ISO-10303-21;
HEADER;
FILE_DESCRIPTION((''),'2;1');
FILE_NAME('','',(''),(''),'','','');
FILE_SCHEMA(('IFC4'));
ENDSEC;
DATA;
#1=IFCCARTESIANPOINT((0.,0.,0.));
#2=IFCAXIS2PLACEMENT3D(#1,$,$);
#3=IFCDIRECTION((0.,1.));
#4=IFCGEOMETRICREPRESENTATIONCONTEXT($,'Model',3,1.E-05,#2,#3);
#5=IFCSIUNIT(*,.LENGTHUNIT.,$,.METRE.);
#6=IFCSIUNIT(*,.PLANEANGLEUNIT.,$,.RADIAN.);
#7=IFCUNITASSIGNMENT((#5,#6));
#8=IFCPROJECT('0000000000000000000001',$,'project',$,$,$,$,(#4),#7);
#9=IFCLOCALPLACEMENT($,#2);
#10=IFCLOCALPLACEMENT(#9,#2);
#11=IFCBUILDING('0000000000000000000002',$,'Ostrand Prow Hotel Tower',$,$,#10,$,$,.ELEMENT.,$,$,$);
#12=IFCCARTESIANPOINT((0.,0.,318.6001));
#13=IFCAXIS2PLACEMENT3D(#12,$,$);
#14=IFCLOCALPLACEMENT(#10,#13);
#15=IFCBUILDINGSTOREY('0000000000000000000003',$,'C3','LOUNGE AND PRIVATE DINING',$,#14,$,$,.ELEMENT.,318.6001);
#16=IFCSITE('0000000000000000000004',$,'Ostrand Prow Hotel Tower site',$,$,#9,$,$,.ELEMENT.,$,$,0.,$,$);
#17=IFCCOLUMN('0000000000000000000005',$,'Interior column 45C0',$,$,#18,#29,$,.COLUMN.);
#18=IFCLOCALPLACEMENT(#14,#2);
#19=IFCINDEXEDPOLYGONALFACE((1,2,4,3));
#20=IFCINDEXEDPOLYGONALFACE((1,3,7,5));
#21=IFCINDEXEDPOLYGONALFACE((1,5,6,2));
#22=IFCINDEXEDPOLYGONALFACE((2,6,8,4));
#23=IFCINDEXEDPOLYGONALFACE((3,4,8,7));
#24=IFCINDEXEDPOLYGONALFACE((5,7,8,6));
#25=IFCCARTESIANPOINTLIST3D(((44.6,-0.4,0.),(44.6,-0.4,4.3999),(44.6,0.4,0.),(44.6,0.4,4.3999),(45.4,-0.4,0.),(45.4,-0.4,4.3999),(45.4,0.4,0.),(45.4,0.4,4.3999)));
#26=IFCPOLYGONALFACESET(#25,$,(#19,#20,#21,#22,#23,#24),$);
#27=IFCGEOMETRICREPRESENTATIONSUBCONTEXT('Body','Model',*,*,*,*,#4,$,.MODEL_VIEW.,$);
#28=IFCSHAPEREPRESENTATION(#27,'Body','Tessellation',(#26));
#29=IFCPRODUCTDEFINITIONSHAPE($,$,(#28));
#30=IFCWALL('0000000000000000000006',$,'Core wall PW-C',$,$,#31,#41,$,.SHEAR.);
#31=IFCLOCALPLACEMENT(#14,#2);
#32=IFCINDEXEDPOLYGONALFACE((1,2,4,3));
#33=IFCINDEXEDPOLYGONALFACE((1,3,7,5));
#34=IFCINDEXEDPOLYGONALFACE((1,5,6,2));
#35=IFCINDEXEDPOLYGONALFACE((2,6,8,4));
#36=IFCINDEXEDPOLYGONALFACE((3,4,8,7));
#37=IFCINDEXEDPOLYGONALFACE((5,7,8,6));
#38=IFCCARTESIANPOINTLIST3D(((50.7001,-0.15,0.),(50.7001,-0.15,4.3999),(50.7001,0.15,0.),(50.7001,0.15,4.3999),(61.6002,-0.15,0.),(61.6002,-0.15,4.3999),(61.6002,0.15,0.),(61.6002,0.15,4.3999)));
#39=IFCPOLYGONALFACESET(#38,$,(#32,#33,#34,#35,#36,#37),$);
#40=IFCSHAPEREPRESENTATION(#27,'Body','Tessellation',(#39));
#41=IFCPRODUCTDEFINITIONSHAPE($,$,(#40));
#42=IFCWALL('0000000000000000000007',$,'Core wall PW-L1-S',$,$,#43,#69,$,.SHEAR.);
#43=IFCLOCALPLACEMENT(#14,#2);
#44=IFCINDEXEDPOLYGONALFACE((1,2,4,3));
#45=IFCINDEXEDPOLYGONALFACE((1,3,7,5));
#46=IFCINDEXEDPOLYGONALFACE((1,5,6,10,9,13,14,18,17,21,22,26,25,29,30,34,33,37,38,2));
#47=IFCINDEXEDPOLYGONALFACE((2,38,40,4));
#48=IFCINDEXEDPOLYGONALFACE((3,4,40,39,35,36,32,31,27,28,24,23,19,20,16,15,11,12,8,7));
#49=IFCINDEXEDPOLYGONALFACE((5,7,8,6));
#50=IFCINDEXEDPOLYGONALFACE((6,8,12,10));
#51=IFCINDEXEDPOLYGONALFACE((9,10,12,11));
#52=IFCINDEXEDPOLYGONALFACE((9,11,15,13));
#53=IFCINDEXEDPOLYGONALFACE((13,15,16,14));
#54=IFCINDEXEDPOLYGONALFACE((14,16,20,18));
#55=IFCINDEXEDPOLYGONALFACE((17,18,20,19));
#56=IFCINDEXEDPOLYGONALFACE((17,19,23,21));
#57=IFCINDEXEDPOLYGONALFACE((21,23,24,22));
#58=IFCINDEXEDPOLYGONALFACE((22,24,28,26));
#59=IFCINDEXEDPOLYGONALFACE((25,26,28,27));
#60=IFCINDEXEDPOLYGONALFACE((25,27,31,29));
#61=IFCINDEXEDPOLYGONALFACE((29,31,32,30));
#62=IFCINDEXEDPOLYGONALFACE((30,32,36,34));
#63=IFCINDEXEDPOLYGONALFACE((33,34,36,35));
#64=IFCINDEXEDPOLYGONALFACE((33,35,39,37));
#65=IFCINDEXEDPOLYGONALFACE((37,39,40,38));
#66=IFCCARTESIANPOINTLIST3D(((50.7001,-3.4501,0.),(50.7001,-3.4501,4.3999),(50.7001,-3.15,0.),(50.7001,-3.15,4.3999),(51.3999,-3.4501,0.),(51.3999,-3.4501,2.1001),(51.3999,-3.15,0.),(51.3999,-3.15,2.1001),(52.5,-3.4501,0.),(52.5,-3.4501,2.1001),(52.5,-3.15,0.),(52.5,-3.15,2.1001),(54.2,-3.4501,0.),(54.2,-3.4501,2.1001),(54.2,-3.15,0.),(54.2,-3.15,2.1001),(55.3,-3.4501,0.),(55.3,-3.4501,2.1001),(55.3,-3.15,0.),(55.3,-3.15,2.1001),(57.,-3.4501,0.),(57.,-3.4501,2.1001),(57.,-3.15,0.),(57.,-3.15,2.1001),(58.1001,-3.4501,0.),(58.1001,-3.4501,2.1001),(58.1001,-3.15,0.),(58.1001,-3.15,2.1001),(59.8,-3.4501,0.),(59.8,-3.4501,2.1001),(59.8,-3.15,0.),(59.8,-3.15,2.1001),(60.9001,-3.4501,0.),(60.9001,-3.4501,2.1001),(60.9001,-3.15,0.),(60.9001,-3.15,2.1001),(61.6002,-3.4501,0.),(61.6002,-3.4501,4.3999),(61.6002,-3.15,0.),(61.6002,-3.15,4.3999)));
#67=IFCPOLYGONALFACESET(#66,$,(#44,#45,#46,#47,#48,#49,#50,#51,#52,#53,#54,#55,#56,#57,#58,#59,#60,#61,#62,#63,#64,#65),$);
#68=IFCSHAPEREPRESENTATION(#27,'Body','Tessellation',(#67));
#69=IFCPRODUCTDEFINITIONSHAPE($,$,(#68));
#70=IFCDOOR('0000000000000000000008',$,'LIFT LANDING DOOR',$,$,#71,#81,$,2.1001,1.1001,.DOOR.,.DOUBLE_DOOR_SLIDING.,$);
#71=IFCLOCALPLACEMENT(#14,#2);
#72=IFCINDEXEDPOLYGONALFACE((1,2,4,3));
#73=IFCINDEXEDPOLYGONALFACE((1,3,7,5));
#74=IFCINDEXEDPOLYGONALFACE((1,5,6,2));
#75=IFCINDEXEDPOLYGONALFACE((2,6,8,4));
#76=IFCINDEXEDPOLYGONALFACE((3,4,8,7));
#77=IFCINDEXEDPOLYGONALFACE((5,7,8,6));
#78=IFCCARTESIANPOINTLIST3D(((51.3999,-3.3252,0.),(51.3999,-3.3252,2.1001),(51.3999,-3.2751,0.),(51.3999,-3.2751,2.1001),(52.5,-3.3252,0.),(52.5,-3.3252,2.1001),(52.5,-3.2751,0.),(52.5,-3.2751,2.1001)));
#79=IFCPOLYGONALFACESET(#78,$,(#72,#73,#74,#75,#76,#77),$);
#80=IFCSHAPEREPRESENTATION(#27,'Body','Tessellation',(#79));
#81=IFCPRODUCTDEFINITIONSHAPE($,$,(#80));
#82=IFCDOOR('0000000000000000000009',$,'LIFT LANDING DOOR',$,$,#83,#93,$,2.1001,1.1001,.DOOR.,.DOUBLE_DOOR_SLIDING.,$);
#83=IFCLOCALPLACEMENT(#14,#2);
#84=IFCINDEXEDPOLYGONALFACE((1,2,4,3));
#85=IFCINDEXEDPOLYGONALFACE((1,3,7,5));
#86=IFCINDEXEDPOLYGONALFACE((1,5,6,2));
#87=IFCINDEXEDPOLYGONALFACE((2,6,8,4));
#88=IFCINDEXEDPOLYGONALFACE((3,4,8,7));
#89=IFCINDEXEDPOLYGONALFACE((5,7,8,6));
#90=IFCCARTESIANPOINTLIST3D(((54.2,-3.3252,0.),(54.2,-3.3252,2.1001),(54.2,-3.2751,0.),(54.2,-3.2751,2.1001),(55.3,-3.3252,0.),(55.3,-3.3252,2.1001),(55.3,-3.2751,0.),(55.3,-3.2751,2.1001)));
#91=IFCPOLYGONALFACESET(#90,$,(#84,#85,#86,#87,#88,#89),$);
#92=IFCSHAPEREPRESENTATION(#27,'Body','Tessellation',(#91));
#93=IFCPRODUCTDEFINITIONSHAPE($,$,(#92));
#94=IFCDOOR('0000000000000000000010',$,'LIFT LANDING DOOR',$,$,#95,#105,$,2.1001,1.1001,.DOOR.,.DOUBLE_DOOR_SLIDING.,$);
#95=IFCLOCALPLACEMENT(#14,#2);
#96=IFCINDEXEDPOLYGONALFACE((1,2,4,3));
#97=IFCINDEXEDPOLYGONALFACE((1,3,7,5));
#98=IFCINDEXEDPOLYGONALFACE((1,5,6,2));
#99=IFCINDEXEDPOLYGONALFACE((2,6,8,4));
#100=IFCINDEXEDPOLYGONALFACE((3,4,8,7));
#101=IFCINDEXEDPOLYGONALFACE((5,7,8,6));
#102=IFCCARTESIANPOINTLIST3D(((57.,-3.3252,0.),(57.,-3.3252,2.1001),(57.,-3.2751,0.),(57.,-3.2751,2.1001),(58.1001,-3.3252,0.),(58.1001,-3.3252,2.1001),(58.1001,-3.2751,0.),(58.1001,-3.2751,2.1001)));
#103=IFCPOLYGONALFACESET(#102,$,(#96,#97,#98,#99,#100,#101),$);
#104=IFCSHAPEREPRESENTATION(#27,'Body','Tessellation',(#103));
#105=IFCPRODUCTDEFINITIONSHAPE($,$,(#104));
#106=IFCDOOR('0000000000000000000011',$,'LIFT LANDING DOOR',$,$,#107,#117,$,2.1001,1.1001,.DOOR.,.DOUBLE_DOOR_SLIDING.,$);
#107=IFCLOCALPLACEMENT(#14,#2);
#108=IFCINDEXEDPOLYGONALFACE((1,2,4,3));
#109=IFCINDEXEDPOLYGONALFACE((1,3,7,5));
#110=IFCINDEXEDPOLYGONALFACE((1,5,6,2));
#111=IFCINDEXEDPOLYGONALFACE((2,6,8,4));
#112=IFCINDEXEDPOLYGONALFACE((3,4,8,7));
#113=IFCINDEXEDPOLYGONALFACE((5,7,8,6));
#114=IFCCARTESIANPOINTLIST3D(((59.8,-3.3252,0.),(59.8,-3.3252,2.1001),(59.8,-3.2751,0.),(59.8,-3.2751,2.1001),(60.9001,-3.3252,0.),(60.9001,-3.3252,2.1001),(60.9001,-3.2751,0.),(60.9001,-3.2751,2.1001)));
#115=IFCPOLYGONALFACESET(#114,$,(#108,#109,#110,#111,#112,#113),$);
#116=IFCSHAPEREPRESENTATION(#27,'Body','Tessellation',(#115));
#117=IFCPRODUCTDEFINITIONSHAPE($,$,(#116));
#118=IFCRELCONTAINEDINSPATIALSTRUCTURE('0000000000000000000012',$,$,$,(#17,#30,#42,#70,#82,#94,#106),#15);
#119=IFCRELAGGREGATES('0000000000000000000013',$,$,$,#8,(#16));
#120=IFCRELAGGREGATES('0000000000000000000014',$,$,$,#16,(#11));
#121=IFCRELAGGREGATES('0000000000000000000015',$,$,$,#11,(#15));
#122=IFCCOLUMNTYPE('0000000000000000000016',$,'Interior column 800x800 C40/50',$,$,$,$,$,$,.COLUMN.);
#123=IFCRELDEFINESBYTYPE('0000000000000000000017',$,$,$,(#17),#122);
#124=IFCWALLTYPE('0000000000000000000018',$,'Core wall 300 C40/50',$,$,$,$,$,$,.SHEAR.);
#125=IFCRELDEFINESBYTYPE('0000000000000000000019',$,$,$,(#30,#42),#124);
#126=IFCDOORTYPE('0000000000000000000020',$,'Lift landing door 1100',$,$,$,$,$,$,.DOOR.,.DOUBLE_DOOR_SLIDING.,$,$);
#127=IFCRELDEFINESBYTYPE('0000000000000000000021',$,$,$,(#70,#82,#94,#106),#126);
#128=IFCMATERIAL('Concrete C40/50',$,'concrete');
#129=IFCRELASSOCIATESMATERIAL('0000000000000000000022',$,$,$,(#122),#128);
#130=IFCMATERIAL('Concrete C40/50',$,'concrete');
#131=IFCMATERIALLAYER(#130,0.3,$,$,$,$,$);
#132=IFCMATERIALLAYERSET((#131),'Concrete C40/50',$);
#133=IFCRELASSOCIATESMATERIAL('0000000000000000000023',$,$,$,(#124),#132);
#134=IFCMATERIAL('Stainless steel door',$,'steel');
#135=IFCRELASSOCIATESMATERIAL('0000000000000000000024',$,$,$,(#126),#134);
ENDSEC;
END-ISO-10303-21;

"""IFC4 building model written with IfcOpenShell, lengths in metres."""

from ifc_helpers import new_model, si_unit, direction, frame, frame_2d, origin, origin_2d, place, context, subcontext, project, spatial, rectangle, extrude, material, layer, layer_set, material_profile, profile_set, type_object, element, fill, save


model = new_model("IFC4")

# Units and contexts
model_context = context("Model", 3, precision=1e-05, world=origin(), true_north=direction((0.0, 1.0)))
body_context = subcontext(model_context, "Body", "Model", "MODEL_VIEW")
ifc_project = project(units=[si_unit("LENGTHUNIT", "METRE"), si_unit("PLANEANGLEUNIT", "RADIAN")], contexts=[model_context])

# Site, building, storey
site_placement = place(None, origin())
site = spatial("IfcSite", under=ifc_project, at=site_placement, Name="Ostrand Prow Hotel Tower site", CompositionType="ELEMENT", RefElevation=0.0)
building_placement = place(site_placement, origin())
building = spatial("IfcBuilding", under=site, at=building_placement, Name="Ostrand Prow Hotel Tower", CompositionType="ELEMENT")
storey_placement = place(building_placement, frame((0.0, 0.0, 318.6001)))
storey = spatial("IfcBuildingStorey", under=building, at=storey_placement, Name="C3", Description="LOUNGE AND PRIVATE DINING", CompositionType="ELEMENT", Elevation=318.6001)

# Column
ifc_material_1 = material(Name="Concrete C40/50", Category="concrete")
ifc_material_profile = material_profile(ifc_material_1, rectangle(XDim=0.8, YDim=0.8, at=origin_2d()), Name="RC 800x800")
ifc_profile_set = profile_set([ifc_material_profile], Name="Concrete C40/50")
column_type = type_object("IfcColumnType", Name="Interior column 800x800 C40/50", PredefinedType="COLUMN", material=ifc_profile_set)
column_placement = place(storey_placement, frame((45.0, 0.0, 0.0), z_axis=(0.0, 0.0, 1.0), x_axis=(1.0, 0.0, 0.0)))
element("IfcColumn", 1, at=column_placement, inside=storey, type_object=column_type, Name="Interior column 45C0", PredefinedType="COLUMN", context=body_context, shape_type="SweptSolid", body=[
    extrude(rectangle(XDim=0.8, YDim=0.8, at=origin_2d()), origin(), (0.0, 0.0, 1.0), 4.3999),
])

# Wall
ifc_material_2 = material(Name="Concrete C40/50", Category="concrete")
ifc_layer_1 = layer(ifc_material_2, 0.3)
ifc_layer_set_1 = layer_set([ifc_layer_1], Name="Concrete C40/50")
wall_type_1 = type_object("IfcWallType", Name="Core wall 300 C40/50", PredefinedType="SHEAR", material=ifc_layer_set_1)
wall_1_placement = place(storey_placement, frame((50.7, 0.0, 0.0), z_axis=(0.0, 0.0, 1.0), x_axis=(1.0, 0.0, 0.0)))
element("IfcWall", 2, at=wall_1_placement, inside=storey, type_object=wall_type_1, Name="Core wall PW-C", PredefinedType="SHEAR", context=body_context, shape_type="SweptSolid", body=[
    extrude(rectangle(XDim=10.9001, YDim=0.3, at=frame_2d((5.4502, 0.0))), origin(), (0.0, 0.0, 1.0), 4.3999),
])

# Wall, openings, doors
wall_2_placement = place(storey_placement, frame((50.7, -3.3, 0.0), z_axis=(0.0, 0.0, 1.0), x_axis=(1.0, 0.0, 0.0)))
wall_2 = element("IfcWall", 3, at=wall_2_placement, inside=storey, type_object=wall_type_1, Name="Core wall PW-L1-S", PredefinedType="SHEAR", context=body_context, shape_type="SweptSolid", body=[
    extrude(rectangle(XDim=10.9001, YDim=0.3, at=frame_2d((5.4502, 0.0))), origin(), (0.0, 0.0, 1.0), 4.3999),
])
opening_1_placement = place(wall_2_placement, frame((0.7, 0.0, 0.0)))
opening_1 = element("IfcOpeningElement", 4, at=opening_1_placement, cuts=wall_2, PredefinedType="OPENING", context=body_context, shape_type="SweptSolid", body=[
    extrude(rectangle(XDim=1.1001, YDim=2.1001, at=frame_2d((0.55, 1.05))), frame((0.0, 0.1599, 0.0), z_axis=(0.0, -1.0, 0.0), x_axis=(1.0, 0.0, 0.0)), (0.0, 0.0, 1.0), 0.3201),
])
opening_2_placement = place(wall_2_placement, frame((3.5, 0.0, 0.0)))
opening_2 = element("IfcOpeningElement", 5, at=opening_2_placement, cuts=wall_2, PredefinedType="OPENING", context=body_context, shape_type="SweptSolid", body=[
    extrude(rectangle(XDim=1.1001, YDim=2.1001, at=frame_2d((0.55, 1.05))), frame((0.0, 0.1599, 0.0), z_axis=(0.0, -1.0, 0.0), x_axis=(1.0, 0.0, 0.0)), (0.0, 0.0, 1.0), 0.3201),
])
opening_3_placement = place(wall_2_placement, frame((6.3, 0.0, 0.0)))
opening_3 = element("IfcOpeningElement", 6, at=opening_3_placement, cuts=wall_2, PredefinedType="OPENING", context=body_context, shape_type="SweptSolid", body=[
    extrude(rectangle(XDim=1.1001, YDim=2.1001, at=frame_2d((0.55, 1.05))), frame((0.0, 0.1599, 0.0), z_axis=(0.0, -1.0, 0.0), x_axis=(1.0, 0.0, 0.0)), (0.0, 0.0, 1.0), 0.3201),
])
opening_4_placement = place(wall_2_placement, frame((9.1001, 0.0, 0.0)))
opening_4 = element("IfcOpeningElement", 7, at=opening_4_placement, cuts=wall_2, PredefinedType="OPENING", context=body_context, shape_type="SweptSolid", body=[
    extrude(rectangle(XDim=1.1001, YDim=2.1001, at=frame_2d((0.55, 1.05))), frame((0.0, 0.1599, 0.0), z_axis=(0.0, -1.0, 0.0), x_axis=(1.0, 0.0, 0.0)), (0.0, 0.0, 1.0), 0.3201),
])
ifc_material_3 = material(Name="Stainless steel door", Category="steel")
door_type_1 = type_object("IfcDoorType", Name="Lift landing door 1100", OperationType="DOUBLE_DOOR_SLIDING", PredefinedType="DOOR", material=ifc_material_3)
door_1_placement = place(opening_1_placement, origin())
door_1 = element("IfcDoor", 8, at=door_1_placement, inside=storey, type_object=door_type_1, Name="LIFT LANDING DOOR", OperationType="DOUBLE_DOOR_SLIDING", OverallHeight=2.1001, OverallWidth=1.1001, PredefinedType="DOOR", context=body_context, shape_type="SweptSolid", body=[
    extrude(rectangle(XDim=1.1001, YDim=2.1001, at=frame_2d((0.55, 1.05))), frame((0.0, 0.0249, 0.0), z_axis=(0.0, -1.0, 0.0), x_axis=(1.0, 0.0, 0.0)), (0.0, 0.0, 1.0), 0.05),
])
fill(opening_1, door_1)
door_2_placement = place(opening_2_placement, origin())
door_2 = element("IfcDoor", 9, at=door_2_placement, inside=storey, type_object=door_type_1, Name="LIFT LANDING DOOR", OperationType="DOUBLE_DOOR_SLIDING", OverallHeight=2.1001, OverallWidth=1.1001, PredefinedType="DOOR", context=body_context, shape_type="SweptSolid", body=[
    extrude(rectangle(XDim=1.1001, YDim=2.1001, at=frame_2d((0.55, 1.05))), frame((0.0, 0.0249, 0.0), z_axis=(0.0, -1.0, 0.0), x_axis=(1.0, 0.0, 0.0)), (0.0, 0.0, 1.0), 0.05),
])
fill(opening_2, door_2)
door_3_placement = place(opening_3_placement, origin())
door_3 = element("IfcDoor", 10, at=door_3_placement, inside=storey, type_object=door_type_1, Name="LIFT LANDING DOOR", OperationType="DOUBLE_DOOR_SLIDING", OverallHeight=2.1001, OverallWidth=1.1001, PredefinedType="DOOR", context=body_context, shape_type="SweptSolid", body=[
    extrude(rectangle(XDim=1.1001, YDim=2.1001, at=frame_2d((0.55, 1.05))), frame((0.0, 0.0249, 0.0), z_axis=(0.0, -1.0, 0.0), x_axis=(1.0, 0.0, 0.0)), (0.0, 0.0, 1.0), 0.05),
])
fill(opening_3, door_3)
door_4_placement = place(opening_4_placement, origin())
door_4 = element("IfcDoor", 11, at=door_4_placement, inside=storey, type_object=door_type_1, Name="LIFT LANDING DOOR", OperationType="DOUBLE_DOOR_SLIDING", OverallHeight=2.1001, OverallWidth=1.1001, PredefinedType="DOOR", context=body_context, shape_type="SweptSolid", body=[
    extrude(rectangle(XDim=1.1001, YDim=2.1001, at=frame_2d((0.55, 1.05))), frame((0.0, 0.0249, 0.0), z_axis=(0.0, -1.0, 0.0), x_axis=(1.0, 0.0, 0.0)), (0.0, 0.0, 1.0), 0.05),
])
fill(opening_4, door_4)

save(model, "model.ifc")
